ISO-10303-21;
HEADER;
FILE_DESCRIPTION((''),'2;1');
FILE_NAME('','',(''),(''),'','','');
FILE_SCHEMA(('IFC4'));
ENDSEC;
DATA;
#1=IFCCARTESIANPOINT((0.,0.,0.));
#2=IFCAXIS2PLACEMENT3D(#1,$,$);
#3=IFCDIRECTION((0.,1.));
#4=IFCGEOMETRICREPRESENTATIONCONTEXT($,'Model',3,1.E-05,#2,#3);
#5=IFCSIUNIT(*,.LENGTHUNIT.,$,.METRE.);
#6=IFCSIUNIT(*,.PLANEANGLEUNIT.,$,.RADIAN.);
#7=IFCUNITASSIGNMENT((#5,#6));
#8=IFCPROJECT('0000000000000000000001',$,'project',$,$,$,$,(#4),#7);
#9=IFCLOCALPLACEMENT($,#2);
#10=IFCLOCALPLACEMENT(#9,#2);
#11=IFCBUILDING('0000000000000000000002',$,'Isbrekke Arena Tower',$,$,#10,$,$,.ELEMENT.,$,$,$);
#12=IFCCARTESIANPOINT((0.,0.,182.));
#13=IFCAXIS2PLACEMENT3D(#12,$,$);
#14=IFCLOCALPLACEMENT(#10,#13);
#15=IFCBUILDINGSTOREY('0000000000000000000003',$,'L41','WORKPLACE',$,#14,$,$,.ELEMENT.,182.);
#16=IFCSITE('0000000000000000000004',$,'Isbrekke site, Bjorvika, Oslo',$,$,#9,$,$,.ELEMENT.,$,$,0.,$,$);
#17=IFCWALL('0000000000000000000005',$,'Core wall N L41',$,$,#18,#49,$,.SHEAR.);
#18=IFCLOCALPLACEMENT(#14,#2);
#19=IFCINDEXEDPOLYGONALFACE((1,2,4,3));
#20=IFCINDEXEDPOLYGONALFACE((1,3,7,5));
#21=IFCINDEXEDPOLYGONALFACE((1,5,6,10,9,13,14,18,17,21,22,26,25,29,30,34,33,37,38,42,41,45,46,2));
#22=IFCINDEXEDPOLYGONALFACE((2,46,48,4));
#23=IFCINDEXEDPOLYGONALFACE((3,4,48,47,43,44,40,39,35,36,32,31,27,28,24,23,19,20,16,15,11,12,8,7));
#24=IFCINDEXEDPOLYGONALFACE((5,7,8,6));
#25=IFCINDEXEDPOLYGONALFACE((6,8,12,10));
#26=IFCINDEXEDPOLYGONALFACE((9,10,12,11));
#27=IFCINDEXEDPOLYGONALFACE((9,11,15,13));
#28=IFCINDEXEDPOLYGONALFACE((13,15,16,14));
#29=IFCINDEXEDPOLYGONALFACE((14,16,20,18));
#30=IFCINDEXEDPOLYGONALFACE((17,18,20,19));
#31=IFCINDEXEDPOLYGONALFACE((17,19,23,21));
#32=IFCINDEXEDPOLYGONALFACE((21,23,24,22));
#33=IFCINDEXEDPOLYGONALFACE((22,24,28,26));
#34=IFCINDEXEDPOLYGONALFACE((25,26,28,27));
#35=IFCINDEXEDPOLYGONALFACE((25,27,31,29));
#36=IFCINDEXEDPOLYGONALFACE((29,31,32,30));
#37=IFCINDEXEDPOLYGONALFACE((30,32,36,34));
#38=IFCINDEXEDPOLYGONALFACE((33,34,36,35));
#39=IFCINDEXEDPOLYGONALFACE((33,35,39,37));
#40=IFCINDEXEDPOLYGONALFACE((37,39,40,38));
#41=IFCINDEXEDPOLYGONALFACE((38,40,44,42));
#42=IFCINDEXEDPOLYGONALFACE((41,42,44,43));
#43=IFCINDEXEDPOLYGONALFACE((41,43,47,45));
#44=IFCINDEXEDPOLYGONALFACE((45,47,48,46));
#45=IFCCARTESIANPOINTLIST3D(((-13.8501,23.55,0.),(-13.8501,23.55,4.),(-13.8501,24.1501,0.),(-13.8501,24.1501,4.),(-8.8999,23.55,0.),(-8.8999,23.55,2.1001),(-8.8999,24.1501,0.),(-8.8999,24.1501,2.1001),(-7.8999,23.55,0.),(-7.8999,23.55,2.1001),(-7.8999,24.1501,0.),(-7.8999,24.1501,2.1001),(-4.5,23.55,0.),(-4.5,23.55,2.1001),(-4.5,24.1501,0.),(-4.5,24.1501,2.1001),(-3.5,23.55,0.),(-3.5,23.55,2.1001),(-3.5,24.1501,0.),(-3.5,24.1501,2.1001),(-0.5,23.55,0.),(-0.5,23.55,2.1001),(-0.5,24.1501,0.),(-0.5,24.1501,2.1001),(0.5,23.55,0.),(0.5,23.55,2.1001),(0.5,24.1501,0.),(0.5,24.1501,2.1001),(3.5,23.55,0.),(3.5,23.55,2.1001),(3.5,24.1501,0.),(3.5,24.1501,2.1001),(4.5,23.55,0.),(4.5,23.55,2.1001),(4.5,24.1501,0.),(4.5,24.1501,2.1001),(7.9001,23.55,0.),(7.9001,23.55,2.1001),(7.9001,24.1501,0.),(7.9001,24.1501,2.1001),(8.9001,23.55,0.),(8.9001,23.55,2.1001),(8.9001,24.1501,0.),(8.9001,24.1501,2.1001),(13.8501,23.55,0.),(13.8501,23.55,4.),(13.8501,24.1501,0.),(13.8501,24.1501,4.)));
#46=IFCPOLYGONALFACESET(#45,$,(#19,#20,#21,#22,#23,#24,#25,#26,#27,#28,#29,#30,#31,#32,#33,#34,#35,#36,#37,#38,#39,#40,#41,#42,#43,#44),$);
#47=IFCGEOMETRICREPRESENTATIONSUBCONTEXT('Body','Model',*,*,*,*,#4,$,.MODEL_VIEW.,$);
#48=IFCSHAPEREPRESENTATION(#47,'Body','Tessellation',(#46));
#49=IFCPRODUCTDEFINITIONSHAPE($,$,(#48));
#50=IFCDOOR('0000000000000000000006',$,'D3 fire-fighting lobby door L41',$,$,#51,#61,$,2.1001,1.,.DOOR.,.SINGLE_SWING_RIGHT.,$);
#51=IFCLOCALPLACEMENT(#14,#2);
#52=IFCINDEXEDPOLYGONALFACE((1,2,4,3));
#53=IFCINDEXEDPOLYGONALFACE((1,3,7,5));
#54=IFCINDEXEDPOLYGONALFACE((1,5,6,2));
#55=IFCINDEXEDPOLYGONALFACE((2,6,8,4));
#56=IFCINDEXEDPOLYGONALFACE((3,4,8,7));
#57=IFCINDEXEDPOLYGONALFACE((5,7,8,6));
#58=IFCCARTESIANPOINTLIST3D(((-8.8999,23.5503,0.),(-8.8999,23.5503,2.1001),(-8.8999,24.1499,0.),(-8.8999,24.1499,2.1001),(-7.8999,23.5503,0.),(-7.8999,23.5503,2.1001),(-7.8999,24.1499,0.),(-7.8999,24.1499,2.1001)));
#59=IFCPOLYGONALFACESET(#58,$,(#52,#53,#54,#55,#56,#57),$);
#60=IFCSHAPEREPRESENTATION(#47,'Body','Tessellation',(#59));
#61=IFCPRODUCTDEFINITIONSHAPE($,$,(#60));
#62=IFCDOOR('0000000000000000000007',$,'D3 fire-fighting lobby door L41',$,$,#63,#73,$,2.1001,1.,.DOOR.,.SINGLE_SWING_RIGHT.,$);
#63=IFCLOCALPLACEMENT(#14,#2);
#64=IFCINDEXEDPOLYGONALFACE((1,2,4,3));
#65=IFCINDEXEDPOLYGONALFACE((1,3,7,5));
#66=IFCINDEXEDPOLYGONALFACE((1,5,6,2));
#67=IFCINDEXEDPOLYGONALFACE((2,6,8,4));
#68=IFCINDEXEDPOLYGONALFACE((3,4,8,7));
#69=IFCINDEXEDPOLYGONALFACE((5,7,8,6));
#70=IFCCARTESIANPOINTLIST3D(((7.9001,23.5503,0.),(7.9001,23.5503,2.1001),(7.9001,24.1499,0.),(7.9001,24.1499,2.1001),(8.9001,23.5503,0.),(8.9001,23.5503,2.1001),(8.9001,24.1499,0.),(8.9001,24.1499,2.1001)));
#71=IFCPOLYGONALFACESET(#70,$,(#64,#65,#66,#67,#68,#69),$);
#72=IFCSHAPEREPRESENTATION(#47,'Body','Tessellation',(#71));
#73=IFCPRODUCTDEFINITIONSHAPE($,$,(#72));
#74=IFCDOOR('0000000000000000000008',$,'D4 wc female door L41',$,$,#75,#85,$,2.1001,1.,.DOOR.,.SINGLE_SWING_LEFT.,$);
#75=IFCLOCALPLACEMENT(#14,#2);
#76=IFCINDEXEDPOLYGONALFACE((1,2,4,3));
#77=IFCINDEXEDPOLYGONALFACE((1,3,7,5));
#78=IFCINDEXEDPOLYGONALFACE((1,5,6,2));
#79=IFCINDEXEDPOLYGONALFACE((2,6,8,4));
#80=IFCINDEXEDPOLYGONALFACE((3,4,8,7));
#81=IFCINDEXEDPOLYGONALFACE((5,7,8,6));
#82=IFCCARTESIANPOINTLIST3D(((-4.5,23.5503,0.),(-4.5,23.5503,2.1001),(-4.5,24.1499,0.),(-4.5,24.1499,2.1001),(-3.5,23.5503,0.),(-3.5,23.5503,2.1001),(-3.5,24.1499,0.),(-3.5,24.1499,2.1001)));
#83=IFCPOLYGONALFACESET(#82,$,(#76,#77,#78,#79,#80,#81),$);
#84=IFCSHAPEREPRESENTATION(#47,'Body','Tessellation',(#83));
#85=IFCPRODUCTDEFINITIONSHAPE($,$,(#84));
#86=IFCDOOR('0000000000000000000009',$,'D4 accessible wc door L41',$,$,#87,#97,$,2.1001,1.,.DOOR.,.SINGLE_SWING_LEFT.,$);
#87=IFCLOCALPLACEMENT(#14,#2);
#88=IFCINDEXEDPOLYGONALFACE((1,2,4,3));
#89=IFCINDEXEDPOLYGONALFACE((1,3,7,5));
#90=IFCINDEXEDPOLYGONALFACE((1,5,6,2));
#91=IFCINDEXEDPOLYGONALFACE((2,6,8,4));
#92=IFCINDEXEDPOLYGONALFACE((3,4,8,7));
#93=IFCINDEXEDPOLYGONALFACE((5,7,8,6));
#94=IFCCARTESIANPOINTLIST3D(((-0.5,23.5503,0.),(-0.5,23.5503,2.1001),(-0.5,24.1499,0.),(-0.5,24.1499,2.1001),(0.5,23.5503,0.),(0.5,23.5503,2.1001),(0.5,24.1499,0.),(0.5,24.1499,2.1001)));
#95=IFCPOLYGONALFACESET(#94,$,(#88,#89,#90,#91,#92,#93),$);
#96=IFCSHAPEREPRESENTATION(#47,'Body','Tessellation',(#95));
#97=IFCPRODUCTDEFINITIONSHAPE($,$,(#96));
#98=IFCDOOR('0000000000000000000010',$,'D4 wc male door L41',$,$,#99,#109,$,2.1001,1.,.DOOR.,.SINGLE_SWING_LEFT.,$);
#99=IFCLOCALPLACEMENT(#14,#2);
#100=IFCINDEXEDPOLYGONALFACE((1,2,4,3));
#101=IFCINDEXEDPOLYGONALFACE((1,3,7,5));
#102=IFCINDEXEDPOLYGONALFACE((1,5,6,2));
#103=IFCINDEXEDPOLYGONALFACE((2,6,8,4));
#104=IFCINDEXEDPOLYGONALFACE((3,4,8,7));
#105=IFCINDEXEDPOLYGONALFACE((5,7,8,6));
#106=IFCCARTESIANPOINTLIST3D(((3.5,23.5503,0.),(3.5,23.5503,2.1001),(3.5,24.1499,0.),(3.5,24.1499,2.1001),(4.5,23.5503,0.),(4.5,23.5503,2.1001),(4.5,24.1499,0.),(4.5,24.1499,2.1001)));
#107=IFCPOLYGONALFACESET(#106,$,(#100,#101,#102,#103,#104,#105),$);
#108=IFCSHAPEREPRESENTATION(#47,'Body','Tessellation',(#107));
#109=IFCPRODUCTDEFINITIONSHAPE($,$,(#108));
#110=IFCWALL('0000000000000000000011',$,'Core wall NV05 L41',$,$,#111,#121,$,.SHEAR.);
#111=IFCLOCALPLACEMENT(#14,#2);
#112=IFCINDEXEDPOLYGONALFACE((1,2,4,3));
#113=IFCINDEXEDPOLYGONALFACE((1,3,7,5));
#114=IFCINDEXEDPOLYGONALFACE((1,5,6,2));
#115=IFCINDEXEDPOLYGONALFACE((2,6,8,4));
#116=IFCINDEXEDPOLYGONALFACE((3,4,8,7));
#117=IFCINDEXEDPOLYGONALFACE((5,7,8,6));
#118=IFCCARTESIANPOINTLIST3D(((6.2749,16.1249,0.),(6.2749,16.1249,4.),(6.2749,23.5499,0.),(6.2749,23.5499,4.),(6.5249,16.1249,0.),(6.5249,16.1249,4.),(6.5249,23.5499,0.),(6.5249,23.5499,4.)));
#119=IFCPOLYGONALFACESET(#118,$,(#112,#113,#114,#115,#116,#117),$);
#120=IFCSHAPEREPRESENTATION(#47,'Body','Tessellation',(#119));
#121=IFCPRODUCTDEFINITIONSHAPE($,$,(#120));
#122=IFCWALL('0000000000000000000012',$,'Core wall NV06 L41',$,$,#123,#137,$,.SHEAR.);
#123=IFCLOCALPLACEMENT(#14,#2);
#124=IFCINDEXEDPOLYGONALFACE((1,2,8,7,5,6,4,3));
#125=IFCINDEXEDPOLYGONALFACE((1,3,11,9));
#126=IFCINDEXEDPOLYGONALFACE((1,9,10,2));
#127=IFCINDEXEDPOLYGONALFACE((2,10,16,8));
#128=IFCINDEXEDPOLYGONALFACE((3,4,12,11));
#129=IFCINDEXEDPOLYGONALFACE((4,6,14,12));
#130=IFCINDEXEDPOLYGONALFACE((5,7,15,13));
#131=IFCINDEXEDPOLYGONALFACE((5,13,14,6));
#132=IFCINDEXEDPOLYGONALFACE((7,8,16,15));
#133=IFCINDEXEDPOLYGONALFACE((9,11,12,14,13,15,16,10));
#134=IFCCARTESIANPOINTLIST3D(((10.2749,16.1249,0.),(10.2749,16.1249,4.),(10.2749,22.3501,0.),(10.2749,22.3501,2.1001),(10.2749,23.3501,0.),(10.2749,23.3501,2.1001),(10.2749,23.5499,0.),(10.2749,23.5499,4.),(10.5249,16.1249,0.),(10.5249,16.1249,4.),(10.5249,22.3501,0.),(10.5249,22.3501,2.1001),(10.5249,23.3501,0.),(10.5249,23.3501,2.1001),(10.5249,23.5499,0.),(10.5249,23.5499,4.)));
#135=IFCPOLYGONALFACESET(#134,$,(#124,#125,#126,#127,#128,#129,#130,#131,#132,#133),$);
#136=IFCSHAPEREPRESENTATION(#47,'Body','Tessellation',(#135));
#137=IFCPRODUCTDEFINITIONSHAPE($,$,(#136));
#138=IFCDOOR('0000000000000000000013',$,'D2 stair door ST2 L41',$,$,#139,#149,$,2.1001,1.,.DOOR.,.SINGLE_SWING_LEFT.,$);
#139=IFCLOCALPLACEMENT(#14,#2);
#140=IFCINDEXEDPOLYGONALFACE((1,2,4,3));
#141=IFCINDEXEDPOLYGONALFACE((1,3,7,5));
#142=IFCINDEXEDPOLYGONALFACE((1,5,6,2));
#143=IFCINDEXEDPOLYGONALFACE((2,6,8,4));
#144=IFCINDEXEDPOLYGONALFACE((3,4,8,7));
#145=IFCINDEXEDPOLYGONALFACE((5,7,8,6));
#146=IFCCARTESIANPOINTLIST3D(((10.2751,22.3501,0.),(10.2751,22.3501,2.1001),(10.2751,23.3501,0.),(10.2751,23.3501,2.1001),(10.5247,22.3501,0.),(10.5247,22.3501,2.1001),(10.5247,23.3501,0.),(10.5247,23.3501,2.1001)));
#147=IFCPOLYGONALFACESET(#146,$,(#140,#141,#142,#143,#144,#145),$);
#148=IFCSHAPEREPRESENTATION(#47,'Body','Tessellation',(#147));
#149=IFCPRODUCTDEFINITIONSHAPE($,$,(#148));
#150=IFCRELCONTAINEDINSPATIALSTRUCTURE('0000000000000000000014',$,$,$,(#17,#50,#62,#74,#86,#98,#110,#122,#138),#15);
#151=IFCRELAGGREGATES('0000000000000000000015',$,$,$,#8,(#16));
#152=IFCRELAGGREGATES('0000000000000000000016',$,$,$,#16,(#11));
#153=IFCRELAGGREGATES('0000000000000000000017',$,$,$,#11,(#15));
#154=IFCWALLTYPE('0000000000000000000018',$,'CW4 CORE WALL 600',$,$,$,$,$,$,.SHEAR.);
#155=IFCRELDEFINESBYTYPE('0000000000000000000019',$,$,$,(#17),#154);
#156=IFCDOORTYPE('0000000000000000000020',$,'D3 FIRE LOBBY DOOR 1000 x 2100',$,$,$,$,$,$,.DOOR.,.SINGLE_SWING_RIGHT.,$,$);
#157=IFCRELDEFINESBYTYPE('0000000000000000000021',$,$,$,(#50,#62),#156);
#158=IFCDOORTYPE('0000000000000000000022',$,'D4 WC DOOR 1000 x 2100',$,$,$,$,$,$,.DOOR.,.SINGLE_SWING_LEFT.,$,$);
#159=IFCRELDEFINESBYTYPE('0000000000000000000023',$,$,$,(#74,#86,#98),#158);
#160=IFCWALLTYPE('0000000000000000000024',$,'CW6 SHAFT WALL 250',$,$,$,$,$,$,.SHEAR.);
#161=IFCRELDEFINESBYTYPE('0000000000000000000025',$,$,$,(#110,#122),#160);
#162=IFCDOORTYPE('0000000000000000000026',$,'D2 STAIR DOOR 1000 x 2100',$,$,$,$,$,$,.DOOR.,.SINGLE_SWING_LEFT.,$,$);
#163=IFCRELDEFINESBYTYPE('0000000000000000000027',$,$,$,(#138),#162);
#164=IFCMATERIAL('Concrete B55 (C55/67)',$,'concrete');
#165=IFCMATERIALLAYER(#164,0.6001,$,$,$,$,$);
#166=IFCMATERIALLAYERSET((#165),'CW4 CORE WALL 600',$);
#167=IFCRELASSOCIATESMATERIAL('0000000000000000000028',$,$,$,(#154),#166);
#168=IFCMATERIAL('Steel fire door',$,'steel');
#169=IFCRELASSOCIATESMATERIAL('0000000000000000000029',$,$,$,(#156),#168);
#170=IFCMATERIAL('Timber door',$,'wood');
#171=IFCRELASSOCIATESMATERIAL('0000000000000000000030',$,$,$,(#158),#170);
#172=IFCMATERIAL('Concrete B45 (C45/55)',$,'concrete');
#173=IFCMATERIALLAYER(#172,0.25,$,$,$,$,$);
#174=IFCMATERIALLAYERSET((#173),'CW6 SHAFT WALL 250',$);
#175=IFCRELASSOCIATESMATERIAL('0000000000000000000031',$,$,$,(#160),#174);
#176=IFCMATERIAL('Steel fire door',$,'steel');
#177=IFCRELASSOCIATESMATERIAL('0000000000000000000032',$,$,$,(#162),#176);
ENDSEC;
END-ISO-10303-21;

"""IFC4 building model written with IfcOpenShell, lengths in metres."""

from ifc_helpers import new_model, si_unit, direction, frame, frame_2d, origin, place, context, subcontext, project, spatial, rectangle, extrude, material, layer, layer_set, type_object, element, fill, save


model = new_model("IFC4")

# Units and contexts
model_context = context("Model", 3, precision=1e-05, world=origin(), true_north=direction((0.0, 1.0)))
body_context = subcontext(model_context, "Body", "Model", "MODEL_VIEW")
ifc_project = project(units=[si_unit("LENGTHUNIT", "METRE"), si_unit("PLANEANGLEUNIT", "RADIAN")], contexts=[model_context])

# Site, building, storey
site_placement = place(None, origin())
site = spatial("IfcSite", under=ifc_project, at=site_placement, Name="Isbrekke site, Bjorvika, Oslo", CompositionType="ELEMENT", RefElevation=0.0)
building_placement = place(site_placement, origin())
building = spatial("IfcBuilding", under=site, at=building_placement, Name="Isbrekke Arena Tower", CompositionType="ELEMENT")
storey_placement = place(building_placement, frame((0.0, 0.0, 182.0)))
storey = spatial("IfcBuildingStorey", under=building, at=storey_placement, Name="L41", Description="WORKPLACE", CompositionType="ELEMENT", Elevation=182.0)

# Wall, openings, doors
ifc_material_1 = material(Name="Concrete B55 (C55/67)", Category="concrete")
ifc_layer_1 = layer(ifc_material_1, 0.6001)
ifc_layer_set_1 = layer_set([ifc_layer_1], Name="CW4 CORE WALL 600")
wall_type_1 = type_object("IfcWallType", Name="CW4 CORE WALL 600", PredefinedType="SHEAR", material=ifc_layer_set_1)
wall_1_placement = place(storey_placement, frame((13.8501, 23.8501, 0.0), z_axis=(0.0, 0.0, 1.0), x_axis=(-1.0, 0.0, 0.0)))
wall_1 = element("IfcWall", 1, at=wall_1_placement, inside=storey, type_object=wall_type_1, Name="Core wall N L41", PredefinedType="SHEAR", context=body_context, shape_type="SweptSolid", body=[
    extrude(rectangle(XDim=27.7002, YDim=0.6001, at=frame_2d((13.8501, 0.0))), origin(), (0.0, 0.0, 1.0), 4.0),
])
opening_1_placement = place(wall_1_placement, frame((21.75, 0.0, 0.0)))
opening_1 = element("IfcOpeningElement", 2, at=opening_1_placement, cuts=wall_1, PredefinedType="OPENING", context=body_context, shape_type="SweptSolid", body=[
    extrude(rectangle(XDim=1.0, YDim=2.1001, at=frame_2d((0.5, 1.05))), frame((0.0, 0.3149, 0.0), z_axis=(0.0, -1.0, 0.0), x_axis=(1.0, 0.0, 0.0)), (0.0, 0.0, 1.0), 0.6299),
])
opening_2_placement = place(wall_1_placement, frame((4.95, 0.0, 0.0)))
opening_2 = element("IfcOpeningElement", 3, at=opening_2_placement, cuts=wall_1, PredefinedType="OPENING", context=body_context, shape_type="SweptSolid", body=[
    extrude(rectangle(XDim=1.0, YDim=2.1001, at=frame_2d((0.5, 1.05))), frame((0.0, 0.3149, 0.0), z_axis=(0.0, -1.0, 0.0), x_axis=(1.0, 0.0, 0.0)), (0.0, 0.0, 1.0), 0.6299),
])
opening_3_placement = place(wall_1_placement, frame((17.3501, 0.0, 0.0)))
opening_3 = element("IfcOpeningElement", 4, at=opening_3_placement, cuts=wall_1, PredefinedType="OPENING", context=body_context, shape_type="SweptSolid", body=[
    extrude(rectangle(XDim=1.0, YDim=2.1001, at=frame_2d((0.5, 1.05))), frame((0.0, 0.3149, 0.0), z_axis=(0.0, -1.0, 0.0), x_axis=(1.0, 0.0, 0.0)), (0.0, 0.0, 1.0), 0.6299),
])
opening_4_placement = place(wall_1_placement, frame((13.3501, 0.0, 0.0)))
opening_4 = element("IfcOpeningElement", 5, at=opening_4_placement, cuts=wall_1, PredefinedType="OPENING", context=body_context, shape_type="SweptSolid", body=[
    extrude(rectangle(XDim=1.0, YDim=2.1001, at=frame_2d((0.5, 1.05))), frame((0.0, 0.3149, 0.0), z_axis=(0.0, -1.0, 0.0), x_axis=(1.0, 0.0, 0.0)), (0.0, 0.0, 1.0), 0.6299),
])
opening_5_placement = place(wall_1_placement, frame((9.3501, 0.0, 0.0)))
opening_5 = element("IfcOpeningElement", 6, at=opening_5_placement, cuts=wall_1, PredefinedType="OPENING", context=body_context, shape_type="SweptSolid", body=[
    extrude(rectangle(XDim=1.0, YDim=2.1001, at=frame_2d((0.5, 1.05))), frame((0.0, 0.3149, 0.0), z_axis=(0.0, -1.0, 0.0), x_axis=(1.0, 0.0, 0.0)), (0.0, 0.0, 1.0), 0.6299),
])
ifc_material_2 = material(Name="Steel fire door", Category="steel")
door_type_1 = type_object("IfcDoorType", Name="D3 FIRE LOBBY DOOR 1000 x 2100", OperationType="SINGLE_SWING_RIGHT", PredefinedType="DOOR", material=ifc_material_2)
door_1_placement = place(opening_1_placement, origin())
door_1 = element("IfcDoor", 7, at=door_1_placement, inside=storey, type_object=door_type_1, Name="D3 fire-fighting lobby door L41", OperationType="SINGLE_SWING_RIGHT", OverallHeight=2.1001, OverallWidth=1.0, PredefinedType="DOOR", context=body_context, shape_type="SweptSolid", body=[
    extrude(rectangle(XDim=1.0, YDim=2.1001, at=frame_2d((0.5, 1.05))), frame((0.0, 0.2998, 0.0), z_axis=(0.0, -1.0, 0.0), x_axis=(1.0, 0.0, 0.0)), (0.0, 0.0, 1.0), 0.5996),
])
fill(opening_1, door_1)
door_2_placement = place(opening_2_placement, origin())
door_2 = element("IfcDoor", 8, at=door_2_placement, inside=storey, type_object=door_type_1, Name="D3 fire-fighting lobby door L41", OperationType="SINGLE_SWING_RIGHT", OverallHeight=2.1001, OverallWidth=1.0, PredefinedType="DOOR", context=body_context, shape_type="SweptSolid", body=[
    extrude(rectangle(XDim=1.0, YDim=2.1001, at=frame_2d((0.5, 1.05))), frame((0.0, 0.2998, 0.0), z_axis=(0.0, -1.0, 0.0), x_axis=(1.0, 0.0, 0.0)), (0.0, 0.0, 1.0), 0.5996),
])
fill(opening_2, door_2)
ifc_material_3 = material(Name="Timber door", Category="wood")
door_type_2 = type_object("IfcDoorType", Name="D4 WC DOOR 1000 x 2100", OperationType="SINGLE_SWING_LEFT", PredefinedType="DOOR", material=ifc_material_3)
door_3_placement = place(opening_3_placement, origin())
door_3 = element("IfcDoor", 9, at=door_3_placement, inside=storey, type_object=door_type_2, Name="D4 wc female door L41", OperationType="SINGLE_SWING_LEFT", OverallHeight=2.1001, OverallWidth=1.0, PredefinedType="DOOR", context=body_context, shape_type="SweptSolid", body=[
    extrude(rectangle(XDim=1.0, YDim=2.1001, at=frame_2d((0.5, 1.05))), frame((0.0, 0.2998, 0.0), z_axis=(0.0, -1.0, 0.0), x_axis=(1.0, 0.0, 0.0)), (0.0, 0.0, 1.0), 0.5996),
])
fill(opening_3, door_3)
door_4_placement = place(opening_4_placement, origin())
door_4 = element("IfcDoor", 10, at=door_4_placement, inside=storey, type_object=door_type_2, Name="D4 accessible wc door L41", OperationType="SINGLE_SWING_LEFT", OverallHeight=2.1001, OverallWidth=1.0, PredefinedType="DOOR", context=body_context, shape_type="SweptSolid", body=[
    extrude(rectangle(XDim=1.0, YDim=2.1001, at=frame_2d((0.5, 1.05))), frame((0.0, 0.2998, 0.0), z_axis=(0.0, -1.0, 0.0), x_axis=(1.0, 0.0, 0.0)), (0.0, 0.0, 1.0), 0.5996),
])
fill(opening_4, door_4)
door_5_placement = place(opening_5_placement, origin())
door_5 = element("IfcDoor", 11, at=door_5_placement, inside=storey, type_object=door_type_2, Name="D4 wc male door L41", OperationType="SINGLE_SWING_LEFT", OverallHeight=2.1001, OverallWidth=1.0, PredefinedType="DOOR", context=body_context, shape_type="SweptSolid", body=[
    extrude(rectangle(XDim=1.0, YDim=2.1001, at=frame_2d((0.5, 1.05))), frame((0.0, 0.2998, 0.0), z_axis=(0.0, -1.0, 0.0), x_axis=(1.0, 0.0, 0.0)), (0.0, 0.0, 1.0), 0.5996),
])
fill(opening_5, door_5)

# Wall
ifc_material_4 = material(Name="Concrete B45 (C45/55)", Category="concrete")
ifc_layer_2 = layer(ifc_material_4, 0.25)
ifc_layer_set_2 = layer_set([ifc_layer_2], Name="CW6 SHAFT WALL 250")
wall_type_2 = type_object("IfcWallType", Name="CW6 SHAFT WALL 250", PredefinedType="SHEAR", material=ifc_layer_set_2)
wall_2_placement = place(storey_placement, frame((6.3999, 16.125, 0.0), z_axis=(0.0, 0.0, 1.0), x_axis=(0.0, 1.0, 0.0)))
element("IfcWall", 12, at=wall_2_placement, inside=storey, type_object=wall_type_2, Name="Core wall NV05 L41", PredefinedType="SHEAR", context=body_context, shape_type="SweptSolid", body=[
    extrude(rectangle(XDim=7.425, YDim=0.25, at=frame_2d((3.7124, 0.0))), origin(), (0.0, 0.0, 1.0), 4.0),
])

# Wall, opening, door
wall_3_placement = place(storey_placement, frame((10.3999, 16.125, 0.0), z_axis=(0.0, 0.0, 1.0), x_axis=(0.0, 1.0, 0.0)))
wall_3 = element("IfcWall", 13, at=wall_3_placement, inside=storey, type_object=wall_type_2, Name="Core wall NV06 L41", PredefinedType="SHEAR", context=body_context, shape_type="SweptSolid", body=[
    extrude(rectangle(XDim=7.425, YDim=0.25, at=frame_2d((3.7124, 0.0))), origin(), (0.0, 0.0, 1.0), 4.0),
])
opening_6_placement = place(wall_3_placement, frame((6.2251, 0.0, 0.0)))
opening_6 = element("IfcOpeningElement", 14, at=opening_6_placement, cuts=wall_3, PredefinedType="OPENING", context=body_context, shape_type="SweptSolid", body=[
    extrude(rectangle(XDim=1.0, YDim=2.1001, at=frame_2d((0.5, 1.05))), frame((0.0, 0.1399, 0.0), z_axis=(0.0, -1.0, 0.0), x_axis=(1.0, 0.0, 0.0)), (0.0, 0.0, 1.0), 0.2798),
])
ifc_material_5 = material(Name="Steel fire door", Category="steel")
door_type_3 = type_object("IfcDoorType", Name="D2 STAIR DOOR 1000 x 2100", OperationType="SINGLE_SWING_LEFT", PredefinedType="DOOR", material=ifc_material_5)
door_6_placement = place(opening_6_placement, origin())
door_6 = element("IfcDoor", 15, at=door_6_placement, inside=storey, type_object=door_type_3, Name="D2 stair door ST2 L41", OperationType="SINGLE_SWING_LEFT", OverallHeight=2.1001, OverallWidth=1.0, PredefinedType="DOOR", context=body_context, shape_type="SweptSolid", body=[
    extrude(rectangle(XDim=1.0, YDim=2.1001, at=frame_2d((0.5, 1.05))), frame((0.0, 0.1248, 0.0), z_axis=(0.0, -1.0, 0.0), x_axis=(1.0, 0.0, 0.0)), (0.0, 0.0, 1.0), 0.2495),
])
fill(opening_6, door_6)

save(model, "model.ifc")
